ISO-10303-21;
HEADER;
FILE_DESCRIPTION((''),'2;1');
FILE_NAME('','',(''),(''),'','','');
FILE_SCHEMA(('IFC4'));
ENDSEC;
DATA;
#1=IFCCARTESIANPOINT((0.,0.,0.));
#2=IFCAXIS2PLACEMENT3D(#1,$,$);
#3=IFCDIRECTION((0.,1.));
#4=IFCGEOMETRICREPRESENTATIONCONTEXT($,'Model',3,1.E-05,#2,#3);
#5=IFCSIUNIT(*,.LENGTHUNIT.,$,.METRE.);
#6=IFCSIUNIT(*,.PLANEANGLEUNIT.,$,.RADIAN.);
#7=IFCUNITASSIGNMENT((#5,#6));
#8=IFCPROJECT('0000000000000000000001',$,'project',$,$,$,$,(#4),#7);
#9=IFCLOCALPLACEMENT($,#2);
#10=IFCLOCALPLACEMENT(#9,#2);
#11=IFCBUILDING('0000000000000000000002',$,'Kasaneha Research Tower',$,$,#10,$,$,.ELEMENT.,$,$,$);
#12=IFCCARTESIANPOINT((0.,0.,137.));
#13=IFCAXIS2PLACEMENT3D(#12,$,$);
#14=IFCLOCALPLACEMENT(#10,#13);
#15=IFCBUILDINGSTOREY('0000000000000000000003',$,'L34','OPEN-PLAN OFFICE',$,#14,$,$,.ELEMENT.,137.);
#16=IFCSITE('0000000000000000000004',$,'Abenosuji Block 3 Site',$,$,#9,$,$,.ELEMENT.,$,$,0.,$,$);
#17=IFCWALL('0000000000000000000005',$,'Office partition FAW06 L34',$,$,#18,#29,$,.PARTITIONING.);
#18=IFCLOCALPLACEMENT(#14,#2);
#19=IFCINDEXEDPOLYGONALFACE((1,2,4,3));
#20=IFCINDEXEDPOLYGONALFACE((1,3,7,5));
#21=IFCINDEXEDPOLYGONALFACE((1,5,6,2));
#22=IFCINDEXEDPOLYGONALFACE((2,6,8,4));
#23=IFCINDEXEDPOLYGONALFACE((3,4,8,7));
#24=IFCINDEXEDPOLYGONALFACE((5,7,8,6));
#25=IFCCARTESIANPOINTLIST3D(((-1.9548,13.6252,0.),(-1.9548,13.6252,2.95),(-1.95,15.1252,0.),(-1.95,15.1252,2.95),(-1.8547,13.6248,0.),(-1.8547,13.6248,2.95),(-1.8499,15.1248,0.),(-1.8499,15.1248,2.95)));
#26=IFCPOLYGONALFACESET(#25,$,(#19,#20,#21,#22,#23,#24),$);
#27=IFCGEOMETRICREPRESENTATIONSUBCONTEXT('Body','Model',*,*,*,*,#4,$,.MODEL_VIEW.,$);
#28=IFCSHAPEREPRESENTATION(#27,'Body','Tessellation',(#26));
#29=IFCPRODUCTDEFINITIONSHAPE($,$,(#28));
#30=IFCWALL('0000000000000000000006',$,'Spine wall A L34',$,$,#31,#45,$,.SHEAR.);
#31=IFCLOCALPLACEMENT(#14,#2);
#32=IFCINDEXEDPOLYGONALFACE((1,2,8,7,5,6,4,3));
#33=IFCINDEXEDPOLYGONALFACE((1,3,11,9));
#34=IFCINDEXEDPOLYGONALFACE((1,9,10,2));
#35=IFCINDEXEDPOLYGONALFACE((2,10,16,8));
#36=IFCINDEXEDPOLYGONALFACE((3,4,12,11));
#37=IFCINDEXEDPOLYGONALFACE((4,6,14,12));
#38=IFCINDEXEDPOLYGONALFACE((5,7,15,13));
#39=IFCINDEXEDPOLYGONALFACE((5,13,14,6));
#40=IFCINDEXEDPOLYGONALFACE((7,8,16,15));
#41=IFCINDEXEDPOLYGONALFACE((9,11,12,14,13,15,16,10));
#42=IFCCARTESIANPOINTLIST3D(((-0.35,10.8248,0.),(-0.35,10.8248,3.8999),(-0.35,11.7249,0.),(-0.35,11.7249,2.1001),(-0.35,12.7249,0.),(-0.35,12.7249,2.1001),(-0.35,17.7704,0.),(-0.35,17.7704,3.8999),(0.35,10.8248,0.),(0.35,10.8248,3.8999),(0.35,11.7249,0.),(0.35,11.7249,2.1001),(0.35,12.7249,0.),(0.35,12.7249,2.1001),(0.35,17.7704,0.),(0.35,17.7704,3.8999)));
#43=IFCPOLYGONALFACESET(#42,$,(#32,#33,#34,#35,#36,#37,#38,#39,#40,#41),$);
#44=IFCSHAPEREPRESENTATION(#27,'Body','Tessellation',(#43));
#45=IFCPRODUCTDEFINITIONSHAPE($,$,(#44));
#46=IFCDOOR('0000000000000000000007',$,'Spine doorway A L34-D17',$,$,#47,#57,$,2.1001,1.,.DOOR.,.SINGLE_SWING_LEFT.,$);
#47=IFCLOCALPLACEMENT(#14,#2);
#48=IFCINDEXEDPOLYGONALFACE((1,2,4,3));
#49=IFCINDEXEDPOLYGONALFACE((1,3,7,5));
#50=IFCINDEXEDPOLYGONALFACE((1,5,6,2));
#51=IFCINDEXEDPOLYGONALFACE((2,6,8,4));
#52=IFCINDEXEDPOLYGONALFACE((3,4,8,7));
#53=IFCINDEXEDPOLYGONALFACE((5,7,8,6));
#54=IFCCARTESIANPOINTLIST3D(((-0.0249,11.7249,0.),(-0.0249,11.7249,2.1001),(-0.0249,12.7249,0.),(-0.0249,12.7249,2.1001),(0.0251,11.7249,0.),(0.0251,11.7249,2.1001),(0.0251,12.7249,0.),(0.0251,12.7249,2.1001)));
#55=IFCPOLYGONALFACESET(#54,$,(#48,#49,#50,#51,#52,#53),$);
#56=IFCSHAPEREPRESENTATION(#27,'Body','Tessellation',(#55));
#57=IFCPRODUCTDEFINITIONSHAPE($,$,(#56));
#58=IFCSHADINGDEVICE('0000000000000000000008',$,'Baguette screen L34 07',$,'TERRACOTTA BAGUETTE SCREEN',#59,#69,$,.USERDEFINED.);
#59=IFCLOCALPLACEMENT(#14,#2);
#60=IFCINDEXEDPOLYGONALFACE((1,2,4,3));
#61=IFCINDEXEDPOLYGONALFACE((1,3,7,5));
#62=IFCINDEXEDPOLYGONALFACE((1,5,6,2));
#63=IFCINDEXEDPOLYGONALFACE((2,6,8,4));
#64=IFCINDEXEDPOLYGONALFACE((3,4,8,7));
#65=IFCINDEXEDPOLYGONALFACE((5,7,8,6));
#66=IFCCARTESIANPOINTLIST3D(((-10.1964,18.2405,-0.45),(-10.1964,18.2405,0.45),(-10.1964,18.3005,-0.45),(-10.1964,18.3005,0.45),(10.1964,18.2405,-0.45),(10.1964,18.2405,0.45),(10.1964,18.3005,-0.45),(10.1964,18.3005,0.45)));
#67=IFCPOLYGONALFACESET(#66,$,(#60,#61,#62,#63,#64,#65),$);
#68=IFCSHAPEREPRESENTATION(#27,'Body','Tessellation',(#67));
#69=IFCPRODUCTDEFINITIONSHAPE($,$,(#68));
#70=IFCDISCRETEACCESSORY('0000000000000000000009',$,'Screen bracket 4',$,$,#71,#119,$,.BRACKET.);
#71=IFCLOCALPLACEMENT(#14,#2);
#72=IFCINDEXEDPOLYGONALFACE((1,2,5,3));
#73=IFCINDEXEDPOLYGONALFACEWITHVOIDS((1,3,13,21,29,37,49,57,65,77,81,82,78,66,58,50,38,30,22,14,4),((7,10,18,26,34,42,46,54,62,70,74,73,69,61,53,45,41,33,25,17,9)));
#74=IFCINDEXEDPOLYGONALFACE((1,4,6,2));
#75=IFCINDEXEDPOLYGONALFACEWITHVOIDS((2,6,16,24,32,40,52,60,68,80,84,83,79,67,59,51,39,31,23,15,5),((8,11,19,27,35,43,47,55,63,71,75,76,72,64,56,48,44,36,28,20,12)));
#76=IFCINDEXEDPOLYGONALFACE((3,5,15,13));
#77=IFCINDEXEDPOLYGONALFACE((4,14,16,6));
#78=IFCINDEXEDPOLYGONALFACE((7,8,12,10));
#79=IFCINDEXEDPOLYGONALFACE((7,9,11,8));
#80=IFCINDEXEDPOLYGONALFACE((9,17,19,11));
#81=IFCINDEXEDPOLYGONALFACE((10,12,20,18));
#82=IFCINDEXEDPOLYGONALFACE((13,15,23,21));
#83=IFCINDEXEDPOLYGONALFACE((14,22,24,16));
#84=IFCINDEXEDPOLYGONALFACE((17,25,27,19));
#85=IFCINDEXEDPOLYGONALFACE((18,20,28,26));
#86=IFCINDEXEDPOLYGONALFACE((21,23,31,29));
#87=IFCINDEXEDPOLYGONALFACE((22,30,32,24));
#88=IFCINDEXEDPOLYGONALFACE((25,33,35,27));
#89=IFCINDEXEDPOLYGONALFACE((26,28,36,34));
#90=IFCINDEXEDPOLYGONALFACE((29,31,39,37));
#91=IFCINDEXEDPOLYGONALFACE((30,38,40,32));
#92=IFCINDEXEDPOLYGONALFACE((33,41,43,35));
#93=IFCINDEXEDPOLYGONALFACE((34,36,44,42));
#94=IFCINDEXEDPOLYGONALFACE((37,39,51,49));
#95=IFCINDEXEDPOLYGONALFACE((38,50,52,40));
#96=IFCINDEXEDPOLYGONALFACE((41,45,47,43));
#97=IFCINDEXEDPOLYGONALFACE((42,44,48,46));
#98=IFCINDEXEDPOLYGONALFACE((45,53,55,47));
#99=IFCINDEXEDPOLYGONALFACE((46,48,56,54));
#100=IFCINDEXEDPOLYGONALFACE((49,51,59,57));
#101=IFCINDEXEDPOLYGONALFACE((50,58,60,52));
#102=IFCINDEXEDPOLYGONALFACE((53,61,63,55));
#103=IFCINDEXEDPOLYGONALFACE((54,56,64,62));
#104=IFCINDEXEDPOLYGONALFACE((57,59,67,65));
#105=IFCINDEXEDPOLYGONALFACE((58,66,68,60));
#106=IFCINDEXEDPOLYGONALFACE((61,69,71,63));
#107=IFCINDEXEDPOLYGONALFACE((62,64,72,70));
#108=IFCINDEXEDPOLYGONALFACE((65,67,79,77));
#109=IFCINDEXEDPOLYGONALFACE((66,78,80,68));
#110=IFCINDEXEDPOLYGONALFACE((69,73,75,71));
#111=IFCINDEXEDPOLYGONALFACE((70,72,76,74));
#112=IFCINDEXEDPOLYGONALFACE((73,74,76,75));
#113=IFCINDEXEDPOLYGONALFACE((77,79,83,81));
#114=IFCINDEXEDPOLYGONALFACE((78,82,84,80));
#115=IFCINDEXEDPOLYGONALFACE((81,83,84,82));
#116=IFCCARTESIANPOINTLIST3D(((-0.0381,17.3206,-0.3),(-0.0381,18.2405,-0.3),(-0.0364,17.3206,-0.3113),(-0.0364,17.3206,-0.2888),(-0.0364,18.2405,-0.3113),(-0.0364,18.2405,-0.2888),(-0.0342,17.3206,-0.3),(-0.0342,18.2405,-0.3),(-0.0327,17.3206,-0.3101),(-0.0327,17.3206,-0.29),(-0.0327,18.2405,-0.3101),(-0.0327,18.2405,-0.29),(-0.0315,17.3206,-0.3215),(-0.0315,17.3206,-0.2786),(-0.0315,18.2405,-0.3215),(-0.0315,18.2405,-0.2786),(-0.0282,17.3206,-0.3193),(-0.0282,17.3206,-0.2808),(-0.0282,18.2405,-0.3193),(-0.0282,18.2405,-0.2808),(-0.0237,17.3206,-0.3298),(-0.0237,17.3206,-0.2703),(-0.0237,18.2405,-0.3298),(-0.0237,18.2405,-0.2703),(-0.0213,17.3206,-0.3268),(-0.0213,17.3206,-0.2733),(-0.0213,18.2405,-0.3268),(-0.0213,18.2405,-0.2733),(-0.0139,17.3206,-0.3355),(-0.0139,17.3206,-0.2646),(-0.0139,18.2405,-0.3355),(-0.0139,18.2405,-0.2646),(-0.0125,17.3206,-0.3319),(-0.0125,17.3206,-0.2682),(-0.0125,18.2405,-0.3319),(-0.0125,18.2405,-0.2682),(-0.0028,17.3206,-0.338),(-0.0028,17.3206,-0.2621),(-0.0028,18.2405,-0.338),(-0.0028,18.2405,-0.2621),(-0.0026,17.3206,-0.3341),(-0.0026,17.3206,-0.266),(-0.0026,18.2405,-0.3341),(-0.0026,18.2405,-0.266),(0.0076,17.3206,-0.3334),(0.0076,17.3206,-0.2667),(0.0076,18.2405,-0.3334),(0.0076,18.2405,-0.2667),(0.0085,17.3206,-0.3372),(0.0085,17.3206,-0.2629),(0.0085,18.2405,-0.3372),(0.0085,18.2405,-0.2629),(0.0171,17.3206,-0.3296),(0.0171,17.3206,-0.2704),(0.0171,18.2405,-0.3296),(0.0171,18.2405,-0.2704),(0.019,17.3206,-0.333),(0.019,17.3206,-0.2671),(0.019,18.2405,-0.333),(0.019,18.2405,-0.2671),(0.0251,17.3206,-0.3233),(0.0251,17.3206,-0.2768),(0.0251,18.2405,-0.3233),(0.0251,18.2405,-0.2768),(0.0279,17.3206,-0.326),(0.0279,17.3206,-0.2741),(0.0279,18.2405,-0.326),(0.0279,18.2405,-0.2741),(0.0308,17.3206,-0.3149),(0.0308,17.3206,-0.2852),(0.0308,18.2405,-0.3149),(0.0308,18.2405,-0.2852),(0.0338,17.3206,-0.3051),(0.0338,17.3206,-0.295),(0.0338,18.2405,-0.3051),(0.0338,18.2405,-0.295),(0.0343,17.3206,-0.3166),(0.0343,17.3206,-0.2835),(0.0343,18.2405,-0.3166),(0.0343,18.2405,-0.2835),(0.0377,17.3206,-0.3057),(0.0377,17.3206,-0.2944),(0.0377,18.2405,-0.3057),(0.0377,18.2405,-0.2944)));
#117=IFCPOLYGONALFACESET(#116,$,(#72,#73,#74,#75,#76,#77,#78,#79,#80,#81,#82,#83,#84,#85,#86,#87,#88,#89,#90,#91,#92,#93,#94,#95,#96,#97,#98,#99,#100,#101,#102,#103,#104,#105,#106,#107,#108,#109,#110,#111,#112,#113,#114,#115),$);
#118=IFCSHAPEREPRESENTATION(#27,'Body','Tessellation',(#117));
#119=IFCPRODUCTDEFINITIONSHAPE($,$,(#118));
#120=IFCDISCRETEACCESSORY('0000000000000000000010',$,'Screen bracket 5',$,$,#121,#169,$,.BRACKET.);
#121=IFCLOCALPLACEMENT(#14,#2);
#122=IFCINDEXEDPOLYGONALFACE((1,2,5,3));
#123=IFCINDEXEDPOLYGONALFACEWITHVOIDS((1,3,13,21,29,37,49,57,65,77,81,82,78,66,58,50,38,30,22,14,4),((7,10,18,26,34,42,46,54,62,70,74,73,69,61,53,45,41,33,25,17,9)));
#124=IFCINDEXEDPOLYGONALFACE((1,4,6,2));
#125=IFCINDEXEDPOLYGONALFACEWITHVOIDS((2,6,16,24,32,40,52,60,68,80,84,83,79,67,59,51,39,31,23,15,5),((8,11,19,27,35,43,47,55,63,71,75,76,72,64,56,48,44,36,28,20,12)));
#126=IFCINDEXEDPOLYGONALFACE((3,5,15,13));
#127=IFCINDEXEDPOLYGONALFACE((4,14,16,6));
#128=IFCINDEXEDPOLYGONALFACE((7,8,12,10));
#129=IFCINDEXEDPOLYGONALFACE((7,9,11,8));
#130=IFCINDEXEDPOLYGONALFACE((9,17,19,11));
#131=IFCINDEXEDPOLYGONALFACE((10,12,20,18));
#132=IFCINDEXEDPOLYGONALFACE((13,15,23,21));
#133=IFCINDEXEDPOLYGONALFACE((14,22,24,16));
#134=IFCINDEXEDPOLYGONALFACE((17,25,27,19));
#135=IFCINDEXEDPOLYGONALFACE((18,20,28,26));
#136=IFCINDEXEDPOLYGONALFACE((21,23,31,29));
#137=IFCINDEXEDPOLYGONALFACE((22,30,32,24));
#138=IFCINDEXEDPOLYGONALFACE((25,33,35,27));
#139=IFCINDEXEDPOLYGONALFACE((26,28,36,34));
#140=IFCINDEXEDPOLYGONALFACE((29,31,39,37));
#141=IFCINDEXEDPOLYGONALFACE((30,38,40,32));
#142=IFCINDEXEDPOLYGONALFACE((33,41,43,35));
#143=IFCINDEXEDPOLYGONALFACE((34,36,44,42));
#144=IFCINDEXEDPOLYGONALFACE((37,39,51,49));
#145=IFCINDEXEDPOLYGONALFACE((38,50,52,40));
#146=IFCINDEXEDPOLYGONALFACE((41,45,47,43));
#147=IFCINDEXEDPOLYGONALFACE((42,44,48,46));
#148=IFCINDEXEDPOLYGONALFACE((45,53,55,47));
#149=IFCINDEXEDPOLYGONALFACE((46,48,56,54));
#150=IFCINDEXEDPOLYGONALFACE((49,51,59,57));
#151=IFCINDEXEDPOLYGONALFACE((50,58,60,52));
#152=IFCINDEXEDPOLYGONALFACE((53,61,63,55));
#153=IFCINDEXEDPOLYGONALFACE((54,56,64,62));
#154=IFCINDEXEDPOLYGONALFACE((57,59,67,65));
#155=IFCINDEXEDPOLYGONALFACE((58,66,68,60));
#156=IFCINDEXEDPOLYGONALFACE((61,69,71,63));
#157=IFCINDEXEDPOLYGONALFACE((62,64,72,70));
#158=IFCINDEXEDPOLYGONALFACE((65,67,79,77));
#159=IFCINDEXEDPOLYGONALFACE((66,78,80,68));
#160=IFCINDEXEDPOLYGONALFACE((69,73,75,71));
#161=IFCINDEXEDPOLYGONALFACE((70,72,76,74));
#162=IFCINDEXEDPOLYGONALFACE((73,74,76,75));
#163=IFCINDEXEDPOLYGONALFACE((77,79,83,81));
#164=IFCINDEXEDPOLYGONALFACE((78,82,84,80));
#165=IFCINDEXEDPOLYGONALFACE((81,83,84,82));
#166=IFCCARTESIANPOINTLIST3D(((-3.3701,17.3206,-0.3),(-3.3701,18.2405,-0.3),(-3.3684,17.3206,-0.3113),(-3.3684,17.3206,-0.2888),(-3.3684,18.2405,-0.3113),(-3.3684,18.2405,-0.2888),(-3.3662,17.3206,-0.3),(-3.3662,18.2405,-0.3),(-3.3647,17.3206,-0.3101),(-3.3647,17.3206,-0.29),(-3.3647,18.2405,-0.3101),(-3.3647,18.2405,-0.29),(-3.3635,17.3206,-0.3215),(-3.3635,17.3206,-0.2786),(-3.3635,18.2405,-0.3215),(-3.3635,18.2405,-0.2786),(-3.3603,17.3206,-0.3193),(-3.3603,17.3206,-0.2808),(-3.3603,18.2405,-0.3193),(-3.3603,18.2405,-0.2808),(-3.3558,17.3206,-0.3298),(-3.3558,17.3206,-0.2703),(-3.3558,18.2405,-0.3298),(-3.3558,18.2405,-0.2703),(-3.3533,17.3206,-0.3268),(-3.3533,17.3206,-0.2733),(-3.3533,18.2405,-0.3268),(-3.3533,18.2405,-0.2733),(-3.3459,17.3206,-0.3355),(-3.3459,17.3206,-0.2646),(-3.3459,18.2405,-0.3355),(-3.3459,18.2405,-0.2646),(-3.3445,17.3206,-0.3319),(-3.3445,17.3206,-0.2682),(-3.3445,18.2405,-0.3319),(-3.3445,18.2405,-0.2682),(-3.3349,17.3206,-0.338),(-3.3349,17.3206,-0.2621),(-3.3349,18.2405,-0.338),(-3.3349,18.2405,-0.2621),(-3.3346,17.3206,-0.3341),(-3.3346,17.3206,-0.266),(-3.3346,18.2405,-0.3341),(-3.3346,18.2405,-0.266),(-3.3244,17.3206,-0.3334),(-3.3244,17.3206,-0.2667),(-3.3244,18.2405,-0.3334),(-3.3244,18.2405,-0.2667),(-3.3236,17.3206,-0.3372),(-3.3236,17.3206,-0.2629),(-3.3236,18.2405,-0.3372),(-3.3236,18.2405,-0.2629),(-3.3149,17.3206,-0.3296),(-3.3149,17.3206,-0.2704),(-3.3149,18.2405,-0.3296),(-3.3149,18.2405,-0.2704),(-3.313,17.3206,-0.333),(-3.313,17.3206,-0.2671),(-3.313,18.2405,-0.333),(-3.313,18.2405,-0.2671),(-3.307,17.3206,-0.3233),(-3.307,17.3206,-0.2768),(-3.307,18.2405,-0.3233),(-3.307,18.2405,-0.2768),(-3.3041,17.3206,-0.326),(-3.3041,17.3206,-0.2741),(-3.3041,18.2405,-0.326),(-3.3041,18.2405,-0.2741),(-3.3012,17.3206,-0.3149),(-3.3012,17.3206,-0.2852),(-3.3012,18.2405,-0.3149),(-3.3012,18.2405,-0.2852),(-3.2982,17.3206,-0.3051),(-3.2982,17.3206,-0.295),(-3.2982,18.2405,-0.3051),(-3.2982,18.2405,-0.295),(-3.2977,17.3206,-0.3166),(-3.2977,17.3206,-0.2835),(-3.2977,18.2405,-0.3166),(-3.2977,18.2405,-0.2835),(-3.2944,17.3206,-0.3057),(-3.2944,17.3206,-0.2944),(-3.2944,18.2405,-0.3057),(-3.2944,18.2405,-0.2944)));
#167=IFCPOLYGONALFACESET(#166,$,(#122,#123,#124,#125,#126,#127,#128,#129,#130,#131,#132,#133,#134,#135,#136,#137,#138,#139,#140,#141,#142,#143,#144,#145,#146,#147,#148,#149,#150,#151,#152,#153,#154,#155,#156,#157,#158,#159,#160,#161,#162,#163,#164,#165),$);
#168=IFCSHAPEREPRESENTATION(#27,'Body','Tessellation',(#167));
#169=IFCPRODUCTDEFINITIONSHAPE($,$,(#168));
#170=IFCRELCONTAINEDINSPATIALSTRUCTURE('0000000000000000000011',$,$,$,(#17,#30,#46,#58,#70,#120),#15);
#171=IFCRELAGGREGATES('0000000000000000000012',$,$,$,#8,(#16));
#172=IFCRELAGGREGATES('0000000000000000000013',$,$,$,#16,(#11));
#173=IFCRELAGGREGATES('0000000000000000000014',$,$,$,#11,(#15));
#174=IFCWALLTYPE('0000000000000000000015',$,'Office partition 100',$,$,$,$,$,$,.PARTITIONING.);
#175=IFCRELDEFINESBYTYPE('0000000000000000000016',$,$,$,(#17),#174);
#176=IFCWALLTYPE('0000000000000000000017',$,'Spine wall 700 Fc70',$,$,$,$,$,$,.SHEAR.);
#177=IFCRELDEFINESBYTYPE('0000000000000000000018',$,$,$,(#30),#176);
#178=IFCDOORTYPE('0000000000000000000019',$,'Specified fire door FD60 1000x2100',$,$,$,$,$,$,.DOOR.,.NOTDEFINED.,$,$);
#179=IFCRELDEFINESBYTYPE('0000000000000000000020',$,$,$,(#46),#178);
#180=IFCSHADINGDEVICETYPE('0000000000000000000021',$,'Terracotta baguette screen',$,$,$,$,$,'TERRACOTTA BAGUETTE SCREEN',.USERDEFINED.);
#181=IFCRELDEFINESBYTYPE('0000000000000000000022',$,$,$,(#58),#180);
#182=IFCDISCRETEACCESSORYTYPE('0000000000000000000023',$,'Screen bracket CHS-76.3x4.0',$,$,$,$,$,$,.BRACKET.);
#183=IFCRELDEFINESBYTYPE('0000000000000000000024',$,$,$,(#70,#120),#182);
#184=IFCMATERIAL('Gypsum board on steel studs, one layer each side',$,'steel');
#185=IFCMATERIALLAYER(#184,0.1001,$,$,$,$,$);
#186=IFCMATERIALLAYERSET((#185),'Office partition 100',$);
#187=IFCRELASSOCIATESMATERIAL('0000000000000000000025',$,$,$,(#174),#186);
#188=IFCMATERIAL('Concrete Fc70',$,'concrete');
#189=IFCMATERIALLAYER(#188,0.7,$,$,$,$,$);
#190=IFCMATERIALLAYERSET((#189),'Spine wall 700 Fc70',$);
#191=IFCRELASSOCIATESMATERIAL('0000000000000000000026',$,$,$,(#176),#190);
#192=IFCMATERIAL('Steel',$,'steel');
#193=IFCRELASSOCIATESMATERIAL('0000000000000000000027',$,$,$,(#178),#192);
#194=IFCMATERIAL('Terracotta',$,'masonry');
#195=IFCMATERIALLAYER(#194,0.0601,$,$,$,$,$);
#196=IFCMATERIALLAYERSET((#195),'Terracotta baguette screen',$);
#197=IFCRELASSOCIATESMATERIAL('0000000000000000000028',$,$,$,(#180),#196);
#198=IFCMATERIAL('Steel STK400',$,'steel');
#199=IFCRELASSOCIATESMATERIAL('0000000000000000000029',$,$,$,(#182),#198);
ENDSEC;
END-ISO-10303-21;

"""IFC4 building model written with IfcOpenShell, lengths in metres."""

from ifc_helpers import new_model, si_unit, direction, frame, frame_2d, origin, origin_2d, place, context, subcontext, project, spatial, rectangle, hollow_circle, extrude, material, layer, layer_set, material_profile, profile_set, type_object, element, fill, save


model = new_model("IFC4")

# Units and contexts
model_context = context("Model", 3, precision=1e-05, world=origin(), true_north=direction((0.0, 1.0)))
body_context = subcontext(model_context, "Body", "Model", "MODEL_VIEW")
ifc_project = project(units=[si_unit("LENGTHUNIT", "METRE"), si_unit("PLANEANGLEUNIT", "RADIAN")], contexts=[model_context])

# Site, building, storey
site_placement = place(None, origin())
site = spatial("IfcSite", under=ifc_project, at=site_placement, Name="Abenosuji Block 3 Site", CompositionType="ELEMENT", RefElevation=0.0)
building_placement = place(site_placement, origin())
building = spatial("IfcBuilding", under=site, at=building_placement, Name="Kasaneha Research Tower", CompositionType="ELEMENT")
storey_placement = place(building_placement, frame((0.0, 0.0, 137.0)))
storey = spatial("IfcBuildingStorey", under=building, at=storey_placement, Name="L34", Description="OPEN-PLAN OFFICE", CompositionType="ELEMENT", Elevation=137.0)

# Shared definitions
ifc_material_1 = material(Name="Gypsum board on steel studs, one layer each side", Category="steel")
ifc_layer_1 = layer(ifc_material_1, 0.1001)
ifc_layer_set_1 = layer_set([ifc_layer_1], Name="Office partition 100")
wall_type_1 = type_object("IfcWallType", Name="Office partition 100", PredefinedType="PARTITIONING", material=ifc_layer_set_1)

# Wall
for number, where, z_axis, x_axis, name in (
    (1, (-1.8999, 15.125, 0.0), (0.0, 0.0, 1.0), (-0.003255, -0.999995, 0.0), "Office partition FAW06 L34"),
):
    element("IfcWall", number, at=place(storey_placement, frame(where, z_axis=z_axis, x_axis=x_axis)), inside=storey, type_object=wall_type_1, Name=name, PredefinedType="PARTITIONING", context=body_context, shape_type="SweptSolid", body=[
        extrude(rectangle(XDim=1.5, YDim=0.1001, at=frame_2d((0.75, 0.0))), origin(), (0.0, 0.0, 1.0), 2.95),
    ])

# Wall, opening, door
ifc_material_2 = material(Name="Concrete Fc70", Category="concrete")
ifc_layer_2 = layer(ifc_material_2, 0.7)
ifc_layer_set_2 = layer_set([ifc_layer_2], Name="Spine wall 700 Fc70")
wall_type_2 = type_object("IfcWallType", Name="Spine wall 700 Fc70", PredefinedType="SHEAR", material=ifc_layer_set_2)
wall_1_placement = place(storey_placement, frame((0.0, 10.825, 0.0), z_axis=(0.0, 0.0, 1.0), x_axis=(0.0, 1.0, 0.0)))
wall_1 = element("IfcWall", 2, at=wall_1_placement, inside=storey, type_object=wall_type_2, Name="Spine wall A L34", PredefinedType="SHEAR", context=body_context, shape_type="SweptSolid", body=[
    extrude(rectangle(XDim=6.9456, YDim=0.7, at=frame_2d((3.4727, 0.0))), origin(), (0.0, 0.0, 1.0), 3.8999),
])
opening_1_placement = place(wall_1_placement, frame((0.8999, 0.0, 0.0)))
opening_1 = element("IfcOpeningElement", 3, at=opening_1_placement, cuts=wall_1, PredefinedType="OPENING", context=body_context, shape_type="SweptSolid", body=[
    extrude(rectangle(XDim=1.0, YDim=2.1001, at=frame_2d((0.5, 1.05))), frame((0.0, 0.3599, 0.0), z_axis=(0.0, -1.0, 0.0), x_axis=(1.0, 0.0, 0.0)), (0.0, 0.0, 1.0), 0.72),
])
ifc_material_3 = material(Name="Steel", Category="steel")
door_type_1 = type_object("IfcDoorType", Name="Specified fire door FD60 1000x2100", OperationType="NOTDEFINED", PredefinedType="DOOR", material=ifc_material_3)
door_1_placement = place(opening_1_placement, origin())
door_1 = element("IfcDoor", 4, at=door_1_placement, inside=storey, type_object=door_type_1, Name="Spine doorway A L34-D17", OperationType="SINGLE_SWING_LEFT", OverallHeight=2.1001, OverallWidth=1.0, PredefinedType="DOOR", context=body_context, shape_type="SweptSolid", body=[
    extrude(rectangle(XDim=1.0, YDim=2.1001, at=frame_2d((0.5, 1.05))), frame((0.0, 0.0249, 0.0), z_axis=(0.0, -1.0, 0.0), x_axis=(1.0, 0.0, 0.0)), (0.0, 0.0, 1.0), 0.05),
])
fill(opening_1, door_1)

# Shading device
ifc_material_4 = material(Name="Terracotta", Category="masonry")
ifc_layer_3 = layer(ifc_material_4, 0.0601)
ifc_layer_set_3 = layer_set([ifc_layer_3], Name="Terracotta baguette screen")
shading_device_type = type_object("IfcShadingDeviceType", Name="Terracotta baguette screen", ElementType="TERRACOTTA BAGUETTE SCREEN", PredefinedType="USERDEFINED", material=ifc_layer_set_3)
shading_device_placement = place(storey_placement, frame((0.0, 18.2705, -0.45), z_axis=(0.0, 0.0, 1.0), x_axis=(-1.0, 0.0, 0.0)))
element("IfcShadingDevice", 5, at=shading_device_placement, inside=storey, type_object=shading_device_type, Name="Baguette screen L34 07", ObjectType="TERRACOTTA BAGUETTE SCREEN", PredefinedType="USERDEFINED", context=body_context, shape_type="SweptSolid", body=[
    extrude(rectangle(XDim=20.3928, YDim=0.0601, at=origin_2d()), origin(), (0.0, 0.0, 1.0), 0.8999),
])

# Discrete accessories
ifc_material_5 = material(Name="Steel STK400", Category="steel")
ifc_material_profile_1 = material_profile(ifc_material_5, hollow_circle(Radius=0.0381, WallThickness=0.0039, at=origin_2d()), Name="CHS-76.3x4.0")
ifc_profile_set_1 = profile_set([ifc_material_profile_1], Name="Steel STK400")
discrete_accessory_type = type_object("IfcDiscreteAccessoryType", Name="Screen bracket CHS-76.3x4.0", PredefinedType="BRACKET", material=ifc_profile_set_1)
for number, where, z_axis, x_axis, name in (
    (6, (0.0, 17.3206, -0.3), (0.0, 1.0, 0.0), (-1.0, 0.0, 0.0), "Screen bracket 4"),
    (7, (-3.332, 17.3206, -0.3), (0.0, 1.0, 0.0), (-1.0, 0.0, 0.0), "Screen bracket 5"),
):
    element("IfcDiscreteAccessory", number, at=place(storey_placement, frame(where, z_axis=z_axis, x_axis=x_axis)), inside=storey, type_object=discrete_accessory_type, Name=name, PredefinedType="BRACKET", context=body_context, shape_type="SweptSolid", body=[
        extrude(hollow_circle(Radius=0.0381, WallThickness=0.0039, at=origin_2d()), origin(), (0.0, 0.0, 1.0), 0.9199),
    ])

save(model, "model.ifc")
